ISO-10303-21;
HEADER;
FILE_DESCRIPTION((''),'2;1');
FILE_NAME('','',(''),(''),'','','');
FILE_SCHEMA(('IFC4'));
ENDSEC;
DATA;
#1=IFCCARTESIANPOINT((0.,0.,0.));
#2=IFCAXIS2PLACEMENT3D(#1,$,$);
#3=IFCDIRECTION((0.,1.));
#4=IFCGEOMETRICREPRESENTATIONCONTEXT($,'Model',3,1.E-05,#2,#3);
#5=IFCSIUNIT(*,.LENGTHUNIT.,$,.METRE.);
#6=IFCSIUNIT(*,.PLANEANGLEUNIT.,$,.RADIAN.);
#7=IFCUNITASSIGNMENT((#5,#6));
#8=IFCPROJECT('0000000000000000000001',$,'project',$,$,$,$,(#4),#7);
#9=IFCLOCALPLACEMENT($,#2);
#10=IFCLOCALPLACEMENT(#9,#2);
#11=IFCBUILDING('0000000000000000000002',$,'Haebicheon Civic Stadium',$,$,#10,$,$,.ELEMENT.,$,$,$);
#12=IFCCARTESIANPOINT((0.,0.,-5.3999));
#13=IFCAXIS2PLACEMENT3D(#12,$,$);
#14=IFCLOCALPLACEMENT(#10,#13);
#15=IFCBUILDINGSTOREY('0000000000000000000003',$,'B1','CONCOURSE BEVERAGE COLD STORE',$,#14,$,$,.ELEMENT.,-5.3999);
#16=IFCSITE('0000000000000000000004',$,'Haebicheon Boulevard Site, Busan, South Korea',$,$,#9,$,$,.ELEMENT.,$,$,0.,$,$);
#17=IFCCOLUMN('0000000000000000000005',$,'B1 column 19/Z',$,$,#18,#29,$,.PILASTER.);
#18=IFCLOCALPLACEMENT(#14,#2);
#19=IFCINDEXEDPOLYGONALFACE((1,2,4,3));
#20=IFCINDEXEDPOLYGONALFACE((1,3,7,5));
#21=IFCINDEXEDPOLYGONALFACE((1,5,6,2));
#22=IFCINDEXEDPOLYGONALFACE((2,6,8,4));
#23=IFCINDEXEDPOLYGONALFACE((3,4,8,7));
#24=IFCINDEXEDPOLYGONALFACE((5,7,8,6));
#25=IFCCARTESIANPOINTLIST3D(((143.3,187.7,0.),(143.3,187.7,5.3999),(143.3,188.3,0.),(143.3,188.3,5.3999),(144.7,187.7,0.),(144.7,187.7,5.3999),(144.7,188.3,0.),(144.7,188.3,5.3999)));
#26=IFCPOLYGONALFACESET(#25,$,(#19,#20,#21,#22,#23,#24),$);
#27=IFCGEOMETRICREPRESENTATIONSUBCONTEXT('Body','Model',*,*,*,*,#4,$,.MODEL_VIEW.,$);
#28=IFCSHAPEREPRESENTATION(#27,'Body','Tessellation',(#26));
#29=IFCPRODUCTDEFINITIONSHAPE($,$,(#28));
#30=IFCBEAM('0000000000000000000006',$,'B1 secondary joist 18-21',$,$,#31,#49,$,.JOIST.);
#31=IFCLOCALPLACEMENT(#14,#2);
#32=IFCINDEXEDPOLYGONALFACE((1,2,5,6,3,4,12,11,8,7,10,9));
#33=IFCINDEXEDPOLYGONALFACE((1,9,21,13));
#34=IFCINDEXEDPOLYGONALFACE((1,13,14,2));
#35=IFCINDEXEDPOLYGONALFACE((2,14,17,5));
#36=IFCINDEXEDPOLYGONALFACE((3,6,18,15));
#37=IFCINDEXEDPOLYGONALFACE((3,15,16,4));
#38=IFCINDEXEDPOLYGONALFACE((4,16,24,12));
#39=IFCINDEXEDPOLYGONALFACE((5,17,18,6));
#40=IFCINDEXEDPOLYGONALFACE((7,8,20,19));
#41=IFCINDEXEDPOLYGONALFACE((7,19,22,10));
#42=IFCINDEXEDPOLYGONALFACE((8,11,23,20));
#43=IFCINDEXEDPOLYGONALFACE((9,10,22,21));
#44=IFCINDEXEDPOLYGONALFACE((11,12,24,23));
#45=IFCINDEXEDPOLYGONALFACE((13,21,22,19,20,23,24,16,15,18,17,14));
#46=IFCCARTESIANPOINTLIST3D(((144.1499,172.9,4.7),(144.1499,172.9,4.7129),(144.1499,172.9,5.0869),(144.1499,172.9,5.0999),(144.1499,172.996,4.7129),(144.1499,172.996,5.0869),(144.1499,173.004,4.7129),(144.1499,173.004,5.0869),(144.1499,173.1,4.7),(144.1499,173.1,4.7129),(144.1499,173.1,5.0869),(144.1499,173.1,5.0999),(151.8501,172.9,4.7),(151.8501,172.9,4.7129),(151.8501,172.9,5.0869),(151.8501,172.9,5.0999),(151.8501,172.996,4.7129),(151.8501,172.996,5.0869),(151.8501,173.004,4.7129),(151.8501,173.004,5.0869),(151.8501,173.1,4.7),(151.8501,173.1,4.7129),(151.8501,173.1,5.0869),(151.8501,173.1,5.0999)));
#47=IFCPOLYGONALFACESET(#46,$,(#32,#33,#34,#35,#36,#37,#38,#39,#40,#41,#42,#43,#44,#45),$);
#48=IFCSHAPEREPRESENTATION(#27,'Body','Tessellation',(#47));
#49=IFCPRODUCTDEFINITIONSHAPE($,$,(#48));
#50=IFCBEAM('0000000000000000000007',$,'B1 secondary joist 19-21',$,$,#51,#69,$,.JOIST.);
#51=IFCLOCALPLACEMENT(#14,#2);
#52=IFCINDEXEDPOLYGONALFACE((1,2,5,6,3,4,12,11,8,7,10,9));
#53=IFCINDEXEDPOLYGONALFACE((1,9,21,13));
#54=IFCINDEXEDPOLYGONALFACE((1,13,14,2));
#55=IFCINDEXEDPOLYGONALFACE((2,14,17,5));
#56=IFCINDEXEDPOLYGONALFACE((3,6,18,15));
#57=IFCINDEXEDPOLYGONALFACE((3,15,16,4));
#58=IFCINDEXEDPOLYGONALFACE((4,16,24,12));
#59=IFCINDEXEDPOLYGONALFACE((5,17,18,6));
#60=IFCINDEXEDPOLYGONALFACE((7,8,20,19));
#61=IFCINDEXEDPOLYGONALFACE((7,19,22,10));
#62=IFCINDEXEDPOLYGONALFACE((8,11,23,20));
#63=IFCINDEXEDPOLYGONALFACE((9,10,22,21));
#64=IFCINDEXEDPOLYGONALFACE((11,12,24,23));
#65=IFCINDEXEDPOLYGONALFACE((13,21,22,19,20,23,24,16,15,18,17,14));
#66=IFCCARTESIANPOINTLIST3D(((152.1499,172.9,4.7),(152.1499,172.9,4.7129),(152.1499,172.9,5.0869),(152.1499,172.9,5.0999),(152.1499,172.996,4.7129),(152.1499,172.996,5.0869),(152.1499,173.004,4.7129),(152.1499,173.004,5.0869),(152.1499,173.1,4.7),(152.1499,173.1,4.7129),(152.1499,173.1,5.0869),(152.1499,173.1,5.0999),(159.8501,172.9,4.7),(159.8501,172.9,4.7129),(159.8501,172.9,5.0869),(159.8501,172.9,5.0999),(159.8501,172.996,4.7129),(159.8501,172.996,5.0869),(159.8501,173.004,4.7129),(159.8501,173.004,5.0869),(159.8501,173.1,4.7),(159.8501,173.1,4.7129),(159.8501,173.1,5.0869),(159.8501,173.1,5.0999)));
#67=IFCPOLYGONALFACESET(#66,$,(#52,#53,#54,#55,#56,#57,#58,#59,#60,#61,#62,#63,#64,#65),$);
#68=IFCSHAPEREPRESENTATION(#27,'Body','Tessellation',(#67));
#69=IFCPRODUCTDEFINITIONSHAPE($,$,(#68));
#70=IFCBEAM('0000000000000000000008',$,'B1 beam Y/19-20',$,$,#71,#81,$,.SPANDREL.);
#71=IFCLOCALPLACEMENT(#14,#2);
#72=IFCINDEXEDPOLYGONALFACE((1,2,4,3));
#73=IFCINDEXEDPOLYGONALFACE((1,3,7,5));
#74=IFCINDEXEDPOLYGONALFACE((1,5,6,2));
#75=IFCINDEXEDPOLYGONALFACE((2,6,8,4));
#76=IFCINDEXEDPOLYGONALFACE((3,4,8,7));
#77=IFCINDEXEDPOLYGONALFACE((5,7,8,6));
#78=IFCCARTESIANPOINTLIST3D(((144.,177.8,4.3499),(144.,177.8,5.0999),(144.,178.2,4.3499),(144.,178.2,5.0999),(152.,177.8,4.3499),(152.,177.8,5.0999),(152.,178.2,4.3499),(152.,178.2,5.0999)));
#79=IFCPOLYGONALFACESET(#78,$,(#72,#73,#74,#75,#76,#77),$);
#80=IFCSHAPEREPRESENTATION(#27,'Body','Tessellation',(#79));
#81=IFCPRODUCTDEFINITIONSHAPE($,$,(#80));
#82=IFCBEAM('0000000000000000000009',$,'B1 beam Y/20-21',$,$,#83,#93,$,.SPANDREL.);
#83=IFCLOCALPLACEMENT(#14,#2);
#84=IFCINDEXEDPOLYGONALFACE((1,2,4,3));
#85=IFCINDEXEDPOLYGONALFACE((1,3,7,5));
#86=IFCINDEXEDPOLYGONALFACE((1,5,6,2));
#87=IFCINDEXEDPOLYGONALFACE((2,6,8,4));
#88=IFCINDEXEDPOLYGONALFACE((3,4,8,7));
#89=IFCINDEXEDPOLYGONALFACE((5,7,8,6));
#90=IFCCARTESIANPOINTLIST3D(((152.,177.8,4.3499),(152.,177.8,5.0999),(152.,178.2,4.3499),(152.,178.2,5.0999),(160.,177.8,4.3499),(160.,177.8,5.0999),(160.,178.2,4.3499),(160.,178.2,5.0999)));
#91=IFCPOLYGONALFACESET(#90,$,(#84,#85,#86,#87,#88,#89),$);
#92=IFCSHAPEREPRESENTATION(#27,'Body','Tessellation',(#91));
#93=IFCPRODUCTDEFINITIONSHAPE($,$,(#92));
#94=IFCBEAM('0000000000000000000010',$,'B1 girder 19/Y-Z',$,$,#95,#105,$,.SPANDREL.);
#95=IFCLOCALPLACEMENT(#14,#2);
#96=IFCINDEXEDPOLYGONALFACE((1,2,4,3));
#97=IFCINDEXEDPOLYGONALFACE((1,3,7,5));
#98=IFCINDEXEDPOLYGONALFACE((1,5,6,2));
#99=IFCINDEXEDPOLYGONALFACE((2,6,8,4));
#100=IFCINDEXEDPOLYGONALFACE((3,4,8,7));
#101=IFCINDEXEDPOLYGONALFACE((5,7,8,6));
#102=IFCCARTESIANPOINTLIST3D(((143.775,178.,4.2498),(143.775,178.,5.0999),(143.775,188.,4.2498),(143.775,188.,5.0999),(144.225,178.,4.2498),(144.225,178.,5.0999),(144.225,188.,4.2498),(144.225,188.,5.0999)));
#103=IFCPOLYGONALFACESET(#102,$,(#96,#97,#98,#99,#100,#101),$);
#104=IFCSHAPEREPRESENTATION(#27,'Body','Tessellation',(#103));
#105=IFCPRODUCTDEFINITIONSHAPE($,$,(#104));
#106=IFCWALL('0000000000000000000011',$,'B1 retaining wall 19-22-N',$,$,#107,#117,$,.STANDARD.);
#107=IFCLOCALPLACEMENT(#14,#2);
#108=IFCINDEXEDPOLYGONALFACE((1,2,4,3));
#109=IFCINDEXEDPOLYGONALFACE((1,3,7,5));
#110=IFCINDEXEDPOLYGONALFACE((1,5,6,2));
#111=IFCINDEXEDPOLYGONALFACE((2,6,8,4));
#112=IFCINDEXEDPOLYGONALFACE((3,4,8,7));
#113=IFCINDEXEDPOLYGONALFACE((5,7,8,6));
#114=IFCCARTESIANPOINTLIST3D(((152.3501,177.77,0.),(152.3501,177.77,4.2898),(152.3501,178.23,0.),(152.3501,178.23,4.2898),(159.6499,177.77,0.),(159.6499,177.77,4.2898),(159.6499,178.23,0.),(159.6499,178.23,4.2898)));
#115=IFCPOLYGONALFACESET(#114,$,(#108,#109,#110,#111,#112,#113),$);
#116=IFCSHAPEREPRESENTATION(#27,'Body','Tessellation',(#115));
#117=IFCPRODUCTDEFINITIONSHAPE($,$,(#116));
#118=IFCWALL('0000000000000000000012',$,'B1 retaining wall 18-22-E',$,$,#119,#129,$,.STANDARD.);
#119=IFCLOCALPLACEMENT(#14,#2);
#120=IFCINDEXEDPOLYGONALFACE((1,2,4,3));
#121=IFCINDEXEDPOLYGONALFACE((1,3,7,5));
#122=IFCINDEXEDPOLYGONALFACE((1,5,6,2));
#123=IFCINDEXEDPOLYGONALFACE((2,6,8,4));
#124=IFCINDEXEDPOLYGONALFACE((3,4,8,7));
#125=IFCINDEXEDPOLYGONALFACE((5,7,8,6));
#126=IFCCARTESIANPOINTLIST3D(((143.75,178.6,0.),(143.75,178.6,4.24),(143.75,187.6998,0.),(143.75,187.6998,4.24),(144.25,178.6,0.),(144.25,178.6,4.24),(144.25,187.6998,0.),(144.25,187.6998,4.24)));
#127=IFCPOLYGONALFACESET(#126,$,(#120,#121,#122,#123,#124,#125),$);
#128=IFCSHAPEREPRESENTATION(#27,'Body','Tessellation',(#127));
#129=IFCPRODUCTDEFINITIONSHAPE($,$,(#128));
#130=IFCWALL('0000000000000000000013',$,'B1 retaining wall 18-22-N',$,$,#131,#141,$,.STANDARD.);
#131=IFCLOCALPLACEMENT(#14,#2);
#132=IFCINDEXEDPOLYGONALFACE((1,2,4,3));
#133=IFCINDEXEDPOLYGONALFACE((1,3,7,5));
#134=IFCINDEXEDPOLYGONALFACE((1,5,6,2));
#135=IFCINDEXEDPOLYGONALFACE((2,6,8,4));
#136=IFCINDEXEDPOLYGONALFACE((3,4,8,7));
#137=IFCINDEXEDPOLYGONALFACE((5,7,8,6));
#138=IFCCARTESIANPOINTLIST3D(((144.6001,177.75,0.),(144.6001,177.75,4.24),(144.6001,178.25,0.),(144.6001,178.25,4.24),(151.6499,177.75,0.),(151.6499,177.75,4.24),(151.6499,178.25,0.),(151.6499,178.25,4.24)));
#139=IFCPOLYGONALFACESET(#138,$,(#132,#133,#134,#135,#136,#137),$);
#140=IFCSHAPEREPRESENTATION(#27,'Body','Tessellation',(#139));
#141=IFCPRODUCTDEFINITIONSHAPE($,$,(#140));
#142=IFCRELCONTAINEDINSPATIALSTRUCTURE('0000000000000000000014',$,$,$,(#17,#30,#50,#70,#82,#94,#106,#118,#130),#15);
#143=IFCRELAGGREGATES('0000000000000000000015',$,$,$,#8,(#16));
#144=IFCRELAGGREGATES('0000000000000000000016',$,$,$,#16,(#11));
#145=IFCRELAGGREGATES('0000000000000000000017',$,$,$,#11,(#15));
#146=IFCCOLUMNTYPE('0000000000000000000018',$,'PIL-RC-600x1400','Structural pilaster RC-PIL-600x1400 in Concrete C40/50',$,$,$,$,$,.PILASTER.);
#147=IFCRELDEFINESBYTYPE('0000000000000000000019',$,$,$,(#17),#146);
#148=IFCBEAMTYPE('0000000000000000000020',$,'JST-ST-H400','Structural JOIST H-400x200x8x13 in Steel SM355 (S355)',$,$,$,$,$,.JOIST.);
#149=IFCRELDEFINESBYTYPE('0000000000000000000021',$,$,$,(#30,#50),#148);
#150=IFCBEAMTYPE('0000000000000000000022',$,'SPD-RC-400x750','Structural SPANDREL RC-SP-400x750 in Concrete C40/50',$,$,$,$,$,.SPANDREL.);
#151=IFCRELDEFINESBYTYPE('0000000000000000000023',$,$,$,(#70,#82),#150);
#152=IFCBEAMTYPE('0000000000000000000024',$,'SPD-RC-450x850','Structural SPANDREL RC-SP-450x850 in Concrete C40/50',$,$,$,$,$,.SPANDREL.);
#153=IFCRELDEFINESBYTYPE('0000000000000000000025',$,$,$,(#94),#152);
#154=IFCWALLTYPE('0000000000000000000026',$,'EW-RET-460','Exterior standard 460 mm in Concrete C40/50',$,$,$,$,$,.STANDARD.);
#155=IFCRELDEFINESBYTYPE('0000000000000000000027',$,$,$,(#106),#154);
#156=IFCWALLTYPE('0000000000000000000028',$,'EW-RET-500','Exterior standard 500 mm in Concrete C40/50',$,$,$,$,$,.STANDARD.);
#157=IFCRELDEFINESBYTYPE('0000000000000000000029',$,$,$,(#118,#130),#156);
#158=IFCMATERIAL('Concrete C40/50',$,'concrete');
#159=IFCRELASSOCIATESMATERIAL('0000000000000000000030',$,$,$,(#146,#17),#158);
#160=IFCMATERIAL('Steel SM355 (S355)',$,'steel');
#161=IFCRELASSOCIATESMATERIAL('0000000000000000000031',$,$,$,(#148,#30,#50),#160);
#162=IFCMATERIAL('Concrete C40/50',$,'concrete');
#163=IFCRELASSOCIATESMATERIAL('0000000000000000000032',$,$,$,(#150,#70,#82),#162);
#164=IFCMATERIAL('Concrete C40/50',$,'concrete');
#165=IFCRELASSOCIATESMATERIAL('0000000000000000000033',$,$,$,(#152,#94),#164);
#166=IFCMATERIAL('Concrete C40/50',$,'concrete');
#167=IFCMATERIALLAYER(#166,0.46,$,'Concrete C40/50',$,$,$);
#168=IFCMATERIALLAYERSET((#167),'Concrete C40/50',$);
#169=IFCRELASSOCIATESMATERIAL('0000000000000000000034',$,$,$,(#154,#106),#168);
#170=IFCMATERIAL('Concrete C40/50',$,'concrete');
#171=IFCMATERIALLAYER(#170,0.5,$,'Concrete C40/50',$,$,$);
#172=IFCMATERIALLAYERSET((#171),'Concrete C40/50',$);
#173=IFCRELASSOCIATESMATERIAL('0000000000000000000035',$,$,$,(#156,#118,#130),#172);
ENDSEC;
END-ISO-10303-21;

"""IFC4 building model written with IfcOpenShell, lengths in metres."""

from ifc_helpers import new_model, si_unit, direction, frame, frame_2d, origin, origin_2d, place, context, subcontext, project, spatial, rectangle, i_section, extrude, material, layer, layer_set, material_profile, profile_set, type_object, element, save


model = new_model("IFC4")

# Units and contexts
model_context = context("Model", 3, precision=1e-05, world=origin(), true_north=direction((0.0, 1.0)))
body_context = subcontext(model_context, "Body", "Model", "MODEL_VIEW")
ifc_project = project(units=[si_unit("LENGTHUNIT", "METRE"), si_unit("PLANEANGLEUNIT", "RADIAN")], contexts=[model_context])

# Site, building, storey
site_placement = place(None, origin())
site = spatial("IfcSite", under=ifc_project, at=site_placement, Name="Haebicheon Boulevard Site, Busan, South Korea", CompositionType="ELEMENT", RefElevation=0.0)
building_placement = place(site_placement, origin())
building = spatial("IfcBuilding", under=site, at=building_placement, Name="Haebicheon Civic Stadium", CompositionType="ELEMENT")
storey_placement = place(building_placement, frame((0.0, 0.0, -5.3999)))
storey = spatial("IfcBuildingStorey", under=building, at=storey_placement, Name="B1", Description="CONCOURSE BEVERAGE COLD STORE", CompositionType="ELEMENT", Elevation=-5.3999)

# Column
ifc_material_1 = material(Name="Concrete C40/50", Category="concrete")
ifc_material_profile_1 = material_profile(ifc_material_1, rectangle(XDim=0.6001, YDim=1.3999, at=origin_2d()), Name="RC-PIL-600x1400")
ifc_profile_set_1 = profile_set([ifc_material_profile_1], Name="Concrete C40/50")
column_type_1 = type_object("IfcColumnType", Name="PIL-RC-600x1400", Description="Structural pilaster RC-PIL-600x1400 in Concrete C40/50", PredefinedType="PILASTER", material=ifc_profile_set_1)
column_1_placement = place(storey_placement, frame((144.0, 188.0, 0.0), z_axis=(0.0, 0.0, 1.0), x_axis=(0.0, 1.0, 0.0)))
element("IfcColumn", 1, at=column_1_placement, inside=storey, type_object=column_type_1, material=ifc_profile_set_1, Name="B1 column 19/Z", PredefinedType="PILASTER", context=body_context, shape_type="SweptSolid", body=[
    extrude(rectangle(XDim=0.6001, YDim=1.3999, at=origin_2d()), origin(), (0.0, 0.0, 1.0), 5.3999),
])

# Beams
ifc_material_2 = material(Name="Steel SM355 (S355)", Category="steel")
ifc_material_profile_2 = material_profile(ifc_material_2, i_section(OverallWidth=0.2, OverallDepth=0.3999, WebThickness=0.0081, FlangeThickness=0.0129, at=origin_2d()), Name="H-400x200x8x13")
ifc_profile_set_2 = profile_set([ifc_material_profile_2], Name="Steel SM355 (S355)")
beam_type_1 = type_object("IfcBeamType", Name="JST-ST-H400", Description="Structural JOIST H-400x200x8x13 in Steel SM355 (S355)", PredefinedType="JOIST", material=ifc_profile_set_2)
for number, where, z_axis, x_axis, name in (
    (2, (144.1499, 173.0, 4.8999), (1.0, 0.0, 0.0), (0.0, 1.0, 0.0), "B1 secondary joist 18-21"),
    (3, (152.1499, 173.0, 4.8999), (1.0, 0.0, 0.0), (0.0, 1.0, 0.0), "B1 secondary joist 19-21"),
):
    element("IfcBeam", number, at=place(storey_placement, frame(where, z_axis=z_axis, x_axis=x_axis)), inside=storey, type_object=beam_type_1, material=ifc_profile_set_2, Name=name, PredefinedType="JOIST", context=body_context, shape_type="SweptSolid", body=[
        extrude(i_section(OverallWidth=0.2, OverallDepth=0.3999, WebThickness=0.0081, FlangeThickness=0.0129, at=origin_2d()), origin(), (0.0, 0.0, 1.0), 7.7002),
    ])
ifc_material_3 = material(Name="Concrete C40/50", Category="concrete")
ifc_material_profile_3 = material_profile(ifc_material_3, rectangle(XDim=0.3999, YDim=0.75, at=origin_2d()), Name="RC-SP-400x750")
ifc_profile_set_3 = profile_set([ifc_material_profile_3], Name="Concrete C40/50")
beam_type_2 = type_object("IfcBeamType", Name="SPD-RC-400x750", Description="Structural SPANDREL RC-SP-400x750 in Concrete C40/50", PredefinedType="SPANDREL", material=ifc_profile_set_3)
for number, where, z_axis, x_axis, name in (
    (4, (144.0, 178.0, 4.7249), (1.0, 0.0, 0.0), (0.0, 1.0, 0.0), "B1 beam Y/19-20"),
    (5, (152.0, 178.0, 4.7249), (1.0, 0.0, 0.0), (0.0, 1.0, 0.0), "B1 beam Y/20-21"),
):
    element("IfcBeam", number, at=place(storey_placement, frame(where, z_axis=z_axis, x_axis=x_axis)), inside=storey, type_object=beam_type_2, material=ifc_profile_set_3, Name=name, PredefinedType="SPANDREL", context=body_context, shape_type="SweptSolid", body=[
        extrude(rectangle(XDim=0.3999, YDim=0.75, at=origin_2d()), origin(), (0.0, 0.0, 1.0), 8.0),
    ])
ifc_material_4 = material(Name="Concrete C40/50", Category="concrete")
ifc_material_profile_4 = material_profile(ifc_material_4, rectangle(XDim=0.45, YDim=0.8501, at=origin_2d()), Name="RC-SP-450x850")
ifc_profile_set_4 = profile_set([ifc_material_profile_4], Name="Concrete C40/50")
beam_type_3 = type_object("IfcBeamType", Name="SPD-RC-450x850", Description="Structural SPANDREL RC-SP-450x850 in Concrete C40/50", PredefinedType="SPANDREL", material=ifc_profile_set_4)
beam_placement = place(storey_placement, frame((144.0, 178.0, 4.6748), z_axis=(0.0, 1.0, 0.0), x_axis=(-1.0, 0.0, 0.0)))
element("IfcBeam", 6, at=beam_placement, inside=storey, type_object=beam_type_3, material=ifc_profile_set_4, Name="B1 girder 19/Y-Z", PredefinedType="SPANDREL", context=body_context, shape_type="SweptSolid", body=[
    extrude(rectangle(XDim=0.45, YDim=0.8501, at=origin_2d()), origin(), (0.0, 0.0, 1.0), 10.0),
])

# Walls
ifc_material_5 = material(Name="Concrete C40/50", Category="concrete")
ifc_layer_1 = layer(ifc_material_5, 0.46, Name="Concrete C40/50")
ifc_layer_set_1 = layer_set([ifc_layer_1], Name="Concrete C40/50")
wall_type_1 = type_object("IfcWallType", Name="EW-RET-460", Description="Exterior standard 460 mm in Concrete C40/50", PredefinedType="STANDARD", material=ifc_layer_set_1)
wall_1_placement = place(storey_placement, frame((152.3501, 178.0, 0.0), z_axis=(0.0, 0.0, 1.0), x_axis=(1.0, 0.0, 0.0)))
element("IfcWall", 7, at=wall_1_placement, inside=storey, type_object=wall_type_1, material=ifc_layer_set_1, Name="B1 retaining wall 19-22-N", PredefinedType="STANDARD", context=body_context, shape_type="SweptSolid", body=[
    extrude(rectangle(XDim=7.2998, YDim=0.46, at=frame_2d((3.6499, 0.0))), origin(), (0.0, 0.0, 1.0), 4.2898),
])
ifc_material_6 = material(Name="Concrete C40/50", Category="concrete")
ifc_layer_2 = layer(ifc_material_6, 0.5, Name="Concrete C40/50")
ifc_layer_set_2 = layer_set([ifc_layer_2], Name="Concrete C40/50")
wall_type_2 = type_object("IfcWallType", Name="EW-RET-500", Description="Exterior standard 500 mm in Concrete C40/50", PredefinedType="STANDARD", material=ifc_layer_set_2)
wall_2_placement = place(storey_placement, frame((144.0, 178.6001, 0.0), z_axis=(0.0, 0.0, 1.0), x_axis=(0.0, 1.0, 0.0)))
element("IfcWall", 8, at=wall_2_placement, inside=storey, type_object=wall_type_2, material=ifc_layer_set_2, Name="B1 retaining wall 18-22-E", PredefinedType="STANDARD", context=body_context, shape_type="SweptSolid", body=[
    extrude(rectangle(XDim=9.0999, YDim=0.5, at=frame_2d((4.5498, 0.0))), origin(), (0.0, 0.0, 1.0), 4.24),
])
wall_3_placement = place(storey_placement, frame((144.6001, 178.0, 0.0), z_axis=(0.0, 0.0, 1.0), x_axis=(1.0, 0.0, 0.0)))
element("IfcWall", 9, at=wall_3_placement, inside=storey, type_object=wall_type_2, material=ifc_layer_set_2, Name="B1 retaining wall 18-22-N", PredefinedType="STANDARD", context=body_context, shape_type="SweptSolid", body=[
    extrude(rectangle(XDim=7.0498, YDim=0.5, at=frame_2d((3.5249, 0.0))), origin(), (0.0, 0.0, 1.0), 4.24),
])

save(model, "model.ifc")
